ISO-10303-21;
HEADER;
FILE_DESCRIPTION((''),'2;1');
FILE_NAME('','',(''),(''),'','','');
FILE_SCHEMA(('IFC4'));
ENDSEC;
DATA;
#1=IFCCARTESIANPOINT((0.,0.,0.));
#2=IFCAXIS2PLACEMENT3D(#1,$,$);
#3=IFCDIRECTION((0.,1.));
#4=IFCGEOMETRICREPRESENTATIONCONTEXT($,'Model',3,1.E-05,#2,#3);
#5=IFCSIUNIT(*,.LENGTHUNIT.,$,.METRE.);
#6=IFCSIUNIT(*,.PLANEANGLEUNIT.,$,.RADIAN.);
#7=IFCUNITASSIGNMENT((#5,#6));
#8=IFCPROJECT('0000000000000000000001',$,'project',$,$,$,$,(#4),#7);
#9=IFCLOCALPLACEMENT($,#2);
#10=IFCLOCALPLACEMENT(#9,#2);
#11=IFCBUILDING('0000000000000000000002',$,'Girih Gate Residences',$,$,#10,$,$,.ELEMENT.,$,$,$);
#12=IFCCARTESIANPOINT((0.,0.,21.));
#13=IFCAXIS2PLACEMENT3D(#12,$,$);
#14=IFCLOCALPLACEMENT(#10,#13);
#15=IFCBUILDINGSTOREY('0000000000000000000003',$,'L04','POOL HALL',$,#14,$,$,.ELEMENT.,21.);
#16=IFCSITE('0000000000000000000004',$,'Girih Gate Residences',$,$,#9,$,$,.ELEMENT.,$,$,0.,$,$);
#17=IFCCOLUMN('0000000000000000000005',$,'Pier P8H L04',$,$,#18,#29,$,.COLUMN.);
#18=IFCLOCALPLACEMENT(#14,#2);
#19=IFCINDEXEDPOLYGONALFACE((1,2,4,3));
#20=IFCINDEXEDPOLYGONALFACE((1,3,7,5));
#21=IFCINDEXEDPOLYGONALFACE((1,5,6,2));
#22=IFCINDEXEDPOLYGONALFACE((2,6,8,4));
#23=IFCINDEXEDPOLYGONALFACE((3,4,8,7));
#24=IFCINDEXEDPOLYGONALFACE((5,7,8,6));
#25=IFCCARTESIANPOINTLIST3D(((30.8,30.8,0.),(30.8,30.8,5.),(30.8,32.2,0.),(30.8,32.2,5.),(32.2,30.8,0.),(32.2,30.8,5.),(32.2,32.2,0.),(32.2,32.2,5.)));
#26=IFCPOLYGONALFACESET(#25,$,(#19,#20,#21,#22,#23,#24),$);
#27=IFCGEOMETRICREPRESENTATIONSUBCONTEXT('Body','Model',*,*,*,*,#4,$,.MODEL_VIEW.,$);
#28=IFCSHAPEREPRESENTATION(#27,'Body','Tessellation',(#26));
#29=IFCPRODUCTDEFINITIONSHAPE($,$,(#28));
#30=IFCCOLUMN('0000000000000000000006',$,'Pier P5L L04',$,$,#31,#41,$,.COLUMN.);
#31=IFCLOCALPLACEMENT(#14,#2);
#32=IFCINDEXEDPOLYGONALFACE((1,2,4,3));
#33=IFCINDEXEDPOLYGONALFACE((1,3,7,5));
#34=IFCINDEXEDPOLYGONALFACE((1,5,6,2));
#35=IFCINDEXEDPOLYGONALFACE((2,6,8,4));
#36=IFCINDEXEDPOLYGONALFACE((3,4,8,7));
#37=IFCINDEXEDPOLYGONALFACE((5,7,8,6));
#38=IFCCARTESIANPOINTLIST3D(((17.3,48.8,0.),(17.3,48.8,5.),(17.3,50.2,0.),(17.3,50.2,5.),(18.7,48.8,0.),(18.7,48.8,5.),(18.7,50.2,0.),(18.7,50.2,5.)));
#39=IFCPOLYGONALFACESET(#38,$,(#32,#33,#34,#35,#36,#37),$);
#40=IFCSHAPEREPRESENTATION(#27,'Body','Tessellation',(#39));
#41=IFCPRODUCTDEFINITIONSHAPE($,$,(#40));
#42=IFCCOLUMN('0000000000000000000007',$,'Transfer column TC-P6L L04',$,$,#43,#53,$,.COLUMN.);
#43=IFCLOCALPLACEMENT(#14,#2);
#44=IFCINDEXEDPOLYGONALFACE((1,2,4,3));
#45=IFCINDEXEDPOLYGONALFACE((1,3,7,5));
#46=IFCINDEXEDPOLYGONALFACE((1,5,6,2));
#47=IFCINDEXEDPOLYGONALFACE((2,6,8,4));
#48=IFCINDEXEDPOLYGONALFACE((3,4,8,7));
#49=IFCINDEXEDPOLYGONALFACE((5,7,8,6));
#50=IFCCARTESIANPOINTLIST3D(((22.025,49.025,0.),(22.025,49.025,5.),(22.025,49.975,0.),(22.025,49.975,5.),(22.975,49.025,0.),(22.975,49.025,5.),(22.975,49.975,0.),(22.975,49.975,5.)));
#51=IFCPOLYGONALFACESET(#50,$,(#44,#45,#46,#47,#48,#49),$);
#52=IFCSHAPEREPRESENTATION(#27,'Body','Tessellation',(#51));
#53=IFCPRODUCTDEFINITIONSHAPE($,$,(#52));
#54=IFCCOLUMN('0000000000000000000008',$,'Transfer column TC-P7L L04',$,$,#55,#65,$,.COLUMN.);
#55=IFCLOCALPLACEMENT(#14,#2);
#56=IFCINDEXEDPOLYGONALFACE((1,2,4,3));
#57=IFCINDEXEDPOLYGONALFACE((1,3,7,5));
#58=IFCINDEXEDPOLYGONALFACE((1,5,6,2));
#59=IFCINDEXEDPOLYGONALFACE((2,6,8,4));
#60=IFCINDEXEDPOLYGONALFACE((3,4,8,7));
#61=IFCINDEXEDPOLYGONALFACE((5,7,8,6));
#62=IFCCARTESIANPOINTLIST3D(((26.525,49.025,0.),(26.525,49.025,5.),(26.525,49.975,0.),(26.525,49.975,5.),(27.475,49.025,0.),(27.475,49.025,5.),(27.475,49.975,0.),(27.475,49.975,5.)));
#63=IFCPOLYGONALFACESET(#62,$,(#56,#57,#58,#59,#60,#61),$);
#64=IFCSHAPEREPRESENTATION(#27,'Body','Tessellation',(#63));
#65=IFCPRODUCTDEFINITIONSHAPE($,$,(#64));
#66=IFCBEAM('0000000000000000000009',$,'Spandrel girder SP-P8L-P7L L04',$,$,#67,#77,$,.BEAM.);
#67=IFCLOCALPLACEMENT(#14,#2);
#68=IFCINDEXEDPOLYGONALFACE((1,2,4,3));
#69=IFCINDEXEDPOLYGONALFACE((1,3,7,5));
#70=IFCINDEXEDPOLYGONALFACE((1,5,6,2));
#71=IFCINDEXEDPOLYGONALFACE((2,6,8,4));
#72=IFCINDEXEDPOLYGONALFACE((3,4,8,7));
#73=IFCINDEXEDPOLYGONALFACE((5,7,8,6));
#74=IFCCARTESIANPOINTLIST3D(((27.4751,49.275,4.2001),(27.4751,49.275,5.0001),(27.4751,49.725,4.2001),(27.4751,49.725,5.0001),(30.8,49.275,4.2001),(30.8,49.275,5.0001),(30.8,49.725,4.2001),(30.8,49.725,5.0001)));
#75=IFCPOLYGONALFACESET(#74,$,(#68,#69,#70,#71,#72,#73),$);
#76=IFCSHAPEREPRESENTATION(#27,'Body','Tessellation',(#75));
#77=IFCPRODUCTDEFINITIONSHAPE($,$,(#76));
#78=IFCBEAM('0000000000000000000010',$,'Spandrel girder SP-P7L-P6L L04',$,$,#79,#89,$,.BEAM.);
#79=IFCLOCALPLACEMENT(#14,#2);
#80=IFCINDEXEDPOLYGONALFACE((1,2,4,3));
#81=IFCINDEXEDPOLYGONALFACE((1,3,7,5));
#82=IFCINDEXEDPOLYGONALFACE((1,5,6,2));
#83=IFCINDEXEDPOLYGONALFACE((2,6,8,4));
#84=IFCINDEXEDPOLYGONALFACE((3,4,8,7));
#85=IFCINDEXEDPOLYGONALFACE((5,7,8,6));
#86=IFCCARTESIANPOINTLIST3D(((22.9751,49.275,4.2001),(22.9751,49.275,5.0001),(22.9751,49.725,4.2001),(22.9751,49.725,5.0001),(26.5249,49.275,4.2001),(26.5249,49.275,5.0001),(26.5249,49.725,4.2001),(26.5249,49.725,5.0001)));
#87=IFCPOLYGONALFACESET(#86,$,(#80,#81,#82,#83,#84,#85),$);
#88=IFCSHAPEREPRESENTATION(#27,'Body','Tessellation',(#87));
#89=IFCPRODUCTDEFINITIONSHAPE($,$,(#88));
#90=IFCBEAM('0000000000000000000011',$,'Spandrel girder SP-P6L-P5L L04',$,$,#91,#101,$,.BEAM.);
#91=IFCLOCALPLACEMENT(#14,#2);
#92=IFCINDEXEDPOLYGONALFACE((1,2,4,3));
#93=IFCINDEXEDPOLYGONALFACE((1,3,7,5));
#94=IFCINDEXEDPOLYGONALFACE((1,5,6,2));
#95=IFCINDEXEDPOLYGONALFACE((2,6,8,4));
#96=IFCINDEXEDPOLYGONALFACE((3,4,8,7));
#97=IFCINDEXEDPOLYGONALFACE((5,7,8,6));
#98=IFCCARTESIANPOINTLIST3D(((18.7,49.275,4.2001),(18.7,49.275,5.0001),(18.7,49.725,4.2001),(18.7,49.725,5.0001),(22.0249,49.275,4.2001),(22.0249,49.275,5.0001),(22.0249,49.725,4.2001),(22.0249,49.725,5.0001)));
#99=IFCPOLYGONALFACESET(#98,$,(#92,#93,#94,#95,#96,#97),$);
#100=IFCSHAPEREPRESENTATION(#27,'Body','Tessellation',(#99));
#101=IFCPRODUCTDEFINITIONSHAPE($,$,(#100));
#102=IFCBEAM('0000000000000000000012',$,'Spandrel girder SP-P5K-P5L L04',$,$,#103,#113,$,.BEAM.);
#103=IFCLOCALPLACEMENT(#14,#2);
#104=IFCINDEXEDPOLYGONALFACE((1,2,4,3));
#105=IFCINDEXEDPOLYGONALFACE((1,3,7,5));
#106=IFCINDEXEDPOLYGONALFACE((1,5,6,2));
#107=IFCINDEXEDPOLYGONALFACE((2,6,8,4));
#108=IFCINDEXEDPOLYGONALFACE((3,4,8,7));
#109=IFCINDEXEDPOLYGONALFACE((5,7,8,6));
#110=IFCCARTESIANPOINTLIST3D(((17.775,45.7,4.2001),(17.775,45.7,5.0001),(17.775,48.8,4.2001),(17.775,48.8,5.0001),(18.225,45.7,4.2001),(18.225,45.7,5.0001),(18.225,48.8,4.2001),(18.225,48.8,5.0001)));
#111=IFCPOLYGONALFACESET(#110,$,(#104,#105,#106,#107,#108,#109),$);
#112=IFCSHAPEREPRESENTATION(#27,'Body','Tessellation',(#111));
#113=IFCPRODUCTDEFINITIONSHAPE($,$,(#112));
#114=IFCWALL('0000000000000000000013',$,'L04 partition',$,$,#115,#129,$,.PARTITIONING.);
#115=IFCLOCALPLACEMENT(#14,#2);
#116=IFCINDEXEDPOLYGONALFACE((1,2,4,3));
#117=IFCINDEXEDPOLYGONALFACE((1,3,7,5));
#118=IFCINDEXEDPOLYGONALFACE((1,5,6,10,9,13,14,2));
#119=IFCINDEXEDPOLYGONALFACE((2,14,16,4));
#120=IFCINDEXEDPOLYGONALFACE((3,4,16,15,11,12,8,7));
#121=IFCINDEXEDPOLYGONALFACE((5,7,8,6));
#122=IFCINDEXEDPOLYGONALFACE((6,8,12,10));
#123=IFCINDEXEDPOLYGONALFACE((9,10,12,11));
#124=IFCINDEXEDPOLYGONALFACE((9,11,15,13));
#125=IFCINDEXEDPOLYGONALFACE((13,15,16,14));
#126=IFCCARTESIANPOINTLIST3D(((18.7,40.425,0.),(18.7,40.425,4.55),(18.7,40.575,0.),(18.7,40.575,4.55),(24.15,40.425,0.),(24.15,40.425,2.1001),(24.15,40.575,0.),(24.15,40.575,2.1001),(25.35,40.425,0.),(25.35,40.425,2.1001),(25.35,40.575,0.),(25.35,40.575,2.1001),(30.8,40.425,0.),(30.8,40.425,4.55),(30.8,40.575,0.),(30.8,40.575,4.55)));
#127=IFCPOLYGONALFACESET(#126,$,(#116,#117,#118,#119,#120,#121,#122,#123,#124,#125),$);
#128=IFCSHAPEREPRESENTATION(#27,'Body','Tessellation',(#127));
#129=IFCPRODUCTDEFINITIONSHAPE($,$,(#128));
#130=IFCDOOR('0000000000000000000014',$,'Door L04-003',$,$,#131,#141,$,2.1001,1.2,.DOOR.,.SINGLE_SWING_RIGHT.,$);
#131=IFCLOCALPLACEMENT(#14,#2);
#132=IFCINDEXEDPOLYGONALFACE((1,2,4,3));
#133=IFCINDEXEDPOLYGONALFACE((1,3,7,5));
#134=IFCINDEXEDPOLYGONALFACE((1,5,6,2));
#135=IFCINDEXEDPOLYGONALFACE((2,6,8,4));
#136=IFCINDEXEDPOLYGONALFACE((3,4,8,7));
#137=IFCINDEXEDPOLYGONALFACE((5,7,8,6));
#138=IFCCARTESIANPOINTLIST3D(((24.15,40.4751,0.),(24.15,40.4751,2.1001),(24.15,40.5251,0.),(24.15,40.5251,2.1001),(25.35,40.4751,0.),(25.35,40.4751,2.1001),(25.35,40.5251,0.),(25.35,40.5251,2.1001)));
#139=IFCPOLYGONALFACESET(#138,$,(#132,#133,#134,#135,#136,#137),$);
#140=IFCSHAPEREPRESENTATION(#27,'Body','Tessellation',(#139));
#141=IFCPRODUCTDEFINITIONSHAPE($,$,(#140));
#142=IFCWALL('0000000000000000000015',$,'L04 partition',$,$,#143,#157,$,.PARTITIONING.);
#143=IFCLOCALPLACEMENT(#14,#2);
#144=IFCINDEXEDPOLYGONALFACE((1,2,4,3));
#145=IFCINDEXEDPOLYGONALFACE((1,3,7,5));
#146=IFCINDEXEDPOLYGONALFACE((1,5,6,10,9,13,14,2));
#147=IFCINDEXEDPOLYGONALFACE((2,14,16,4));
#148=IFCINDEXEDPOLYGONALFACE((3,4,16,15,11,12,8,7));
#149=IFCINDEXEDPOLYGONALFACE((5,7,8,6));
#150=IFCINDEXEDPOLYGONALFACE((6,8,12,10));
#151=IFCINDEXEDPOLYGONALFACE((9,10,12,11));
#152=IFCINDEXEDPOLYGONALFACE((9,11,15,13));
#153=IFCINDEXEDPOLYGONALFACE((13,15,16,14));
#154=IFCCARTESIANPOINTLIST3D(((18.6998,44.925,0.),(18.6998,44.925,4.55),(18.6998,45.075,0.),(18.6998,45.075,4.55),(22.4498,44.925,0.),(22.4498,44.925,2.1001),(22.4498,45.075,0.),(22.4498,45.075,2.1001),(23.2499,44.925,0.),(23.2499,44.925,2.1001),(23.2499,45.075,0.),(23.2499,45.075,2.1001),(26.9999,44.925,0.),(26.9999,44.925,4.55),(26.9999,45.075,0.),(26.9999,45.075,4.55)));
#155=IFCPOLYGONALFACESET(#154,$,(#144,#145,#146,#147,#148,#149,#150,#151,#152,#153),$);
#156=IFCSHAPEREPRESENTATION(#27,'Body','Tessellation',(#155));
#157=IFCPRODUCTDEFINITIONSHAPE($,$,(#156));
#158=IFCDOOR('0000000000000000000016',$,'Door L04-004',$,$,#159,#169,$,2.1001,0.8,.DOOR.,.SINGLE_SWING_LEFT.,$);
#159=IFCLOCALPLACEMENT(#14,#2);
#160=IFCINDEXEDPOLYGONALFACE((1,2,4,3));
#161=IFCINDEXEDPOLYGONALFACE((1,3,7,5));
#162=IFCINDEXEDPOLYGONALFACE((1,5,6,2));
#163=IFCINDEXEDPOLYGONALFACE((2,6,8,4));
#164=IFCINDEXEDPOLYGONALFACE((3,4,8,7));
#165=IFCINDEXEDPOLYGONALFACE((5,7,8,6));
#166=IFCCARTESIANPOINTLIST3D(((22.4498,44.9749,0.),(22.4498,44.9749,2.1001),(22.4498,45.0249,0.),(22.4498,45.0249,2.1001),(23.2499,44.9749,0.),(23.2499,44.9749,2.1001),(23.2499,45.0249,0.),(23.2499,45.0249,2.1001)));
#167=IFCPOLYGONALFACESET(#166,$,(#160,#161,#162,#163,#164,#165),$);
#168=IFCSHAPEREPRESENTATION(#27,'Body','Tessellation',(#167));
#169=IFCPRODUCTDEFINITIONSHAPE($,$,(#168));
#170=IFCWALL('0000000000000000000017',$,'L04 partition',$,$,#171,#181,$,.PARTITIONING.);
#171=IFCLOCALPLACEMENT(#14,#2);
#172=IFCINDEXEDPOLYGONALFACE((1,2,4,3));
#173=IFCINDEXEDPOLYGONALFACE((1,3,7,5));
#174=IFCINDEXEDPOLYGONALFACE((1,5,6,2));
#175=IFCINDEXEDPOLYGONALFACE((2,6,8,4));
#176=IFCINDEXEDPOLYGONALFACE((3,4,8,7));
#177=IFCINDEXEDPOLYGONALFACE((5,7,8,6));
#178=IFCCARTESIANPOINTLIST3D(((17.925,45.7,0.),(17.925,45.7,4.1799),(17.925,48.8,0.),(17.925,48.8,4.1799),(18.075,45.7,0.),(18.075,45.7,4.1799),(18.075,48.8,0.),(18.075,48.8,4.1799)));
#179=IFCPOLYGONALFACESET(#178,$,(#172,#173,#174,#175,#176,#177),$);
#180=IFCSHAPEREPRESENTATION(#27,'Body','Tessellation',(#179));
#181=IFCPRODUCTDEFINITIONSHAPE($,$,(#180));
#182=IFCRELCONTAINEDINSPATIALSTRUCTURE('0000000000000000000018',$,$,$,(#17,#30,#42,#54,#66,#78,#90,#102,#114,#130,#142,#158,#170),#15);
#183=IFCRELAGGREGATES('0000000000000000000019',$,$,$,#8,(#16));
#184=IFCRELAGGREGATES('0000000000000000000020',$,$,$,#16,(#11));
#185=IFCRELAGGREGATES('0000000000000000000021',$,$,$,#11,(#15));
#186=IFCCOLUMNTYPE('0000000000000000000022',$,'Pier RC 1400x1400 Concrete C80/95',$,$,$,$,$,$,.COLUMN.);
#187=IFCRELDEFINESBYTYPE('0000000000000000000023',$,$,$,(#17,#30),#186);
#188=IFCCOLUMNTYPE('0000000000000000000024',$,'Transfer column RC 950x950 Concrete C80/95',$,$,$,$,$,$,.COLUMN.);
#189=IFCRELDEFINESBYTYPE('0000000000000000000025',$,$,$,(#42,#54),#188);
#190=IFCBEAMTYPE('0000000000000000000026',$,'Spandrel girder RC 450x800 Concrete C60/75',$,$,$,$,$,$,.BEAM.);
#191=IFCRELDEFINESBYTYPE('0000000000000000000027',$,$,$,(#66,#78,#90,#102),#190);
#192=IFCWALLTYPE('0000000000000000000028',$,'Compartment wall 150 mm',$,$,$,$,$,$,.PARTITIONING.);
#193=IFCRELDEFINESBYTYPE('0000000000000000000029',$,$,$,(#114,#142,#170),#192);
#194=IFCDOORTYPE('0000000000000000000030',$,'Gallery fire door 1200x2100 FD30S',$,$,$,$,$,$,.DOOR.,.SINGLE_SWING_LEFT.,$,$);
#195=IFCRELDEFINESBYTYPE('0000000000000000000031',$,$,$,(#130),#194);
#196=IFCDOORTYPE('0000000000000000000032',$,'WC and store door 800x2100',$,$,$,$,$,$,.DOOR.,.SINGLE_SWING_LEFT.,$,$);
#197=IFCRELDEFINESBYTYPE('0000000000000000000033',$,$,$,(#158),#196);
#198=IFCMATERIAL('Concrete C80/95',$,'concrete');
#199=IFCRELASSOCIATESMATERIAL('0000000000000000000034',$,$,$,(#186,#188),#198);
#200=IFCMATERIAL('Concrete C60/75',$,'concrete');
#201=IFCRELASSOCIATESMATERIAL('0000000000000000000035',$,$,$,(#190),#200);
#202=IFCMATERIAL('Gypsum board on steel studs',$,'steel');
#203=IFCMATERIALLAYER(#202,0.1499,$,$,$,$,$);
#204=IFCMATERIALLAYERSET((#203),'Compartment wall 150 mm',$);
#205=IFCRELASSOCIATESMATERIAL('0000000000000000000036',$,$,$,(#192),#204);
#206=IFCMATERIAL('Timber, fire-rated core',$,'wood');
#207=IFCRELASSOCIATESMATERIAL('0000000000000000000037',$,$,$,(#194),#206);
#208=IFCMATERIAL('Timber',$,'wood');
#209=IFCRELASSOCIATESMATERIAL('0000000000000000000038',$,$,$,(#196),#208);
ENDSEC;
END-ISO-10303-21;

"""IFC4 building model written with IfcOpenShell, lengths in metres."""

from ifc_helpers import new_model, si_unit, direction, frame, frame_2d, origin, origin_2d, place, context, subcontext, project, spatial, rectangle, extrude, material, layer, layer_set, material_profile, profile_set, type_object, element, fill, save


model = new_model("IFC4")

# Units and contexts
model_context = context("Model", 3, precision=1e-05, world=origin(), true_north=direction((0.0, 1.0)))
body_context = subcontext(model_context, "Body", "Model", "MODEL_VIEW")
ifc_project = project(units=[si_unit("LENGTHUNIT", "METRE"), si_unit("PLANEANGLEUNIT", "RADIAN")], contexts=[model_context])

# Site, building, storey
site_placement = place(None, origin())
site = spatial("IfcSite", under=ifc_project, at=site_placement, Name="Girih Gate Residences", CompositionType="ELEMENT", RefElevation=0.0)
building_placement = place(site_placement, origin())
building = spatial("IfcBuilding", under=site, at=building_placement, Name="Girih Gate Residences", CompositionType="ELEMENT")
storey_placement = place(building_placement, frame((0.0, 0.0, 21.0)))
storey = spatial("IfcBuildingStorey", under=building, at=storey_placement, Name="L04", Description="POOL HALL", CompositionType="ELEMENT", Elevation=21.0)

# Columns
ifc_material_1 = material(Name="Concrete C80/95", Category="concrete")
ifc_material_profile_1 = material_profile(ifc_material_1, rectangle(XDim=1.3999, YDim=1.3999, at=origin_2d()))
ifc_profile_set_1 = profile_set([ifc_material_profile_1], Name="Concrete C80/95")
column_type_1 = type_object("IfcColumnType", Name="Pier RC 1400x1400 Concrete C80/95", PredefinedType="COLUMN", material=ifc_profile_set_1)
for number, where, z_axis, x_axis, name in (
    (1, (31.5, 31.5, 0.0), (0.0, 0.0, 1.0), (1.0, 0.0, 0.0), "Pier P8H L04"),
    (2, (18.0, 49.5, 0.0), (0.0, 0.0, 1.0), (1.0, 0.0, 0.0), "Pier P5L L04"),
):
    element("IfcColumn", number, at=place(storey_placement, frame(where, z_axis=z_axis, x_axis=x_axis)), inside=storey, type_object=column_type_1, Name=name, PredefinedType="COLUMN", context=body_context, shape_type="SweptSolid", body=[
        extrude(rectangle(XDim=1.3999, YDim=1.3999, at=origin_2d()), origin(), (0.0, 0.0, 1.0), 5.0),
    ])
ifc_material_profile_2 = material_profile(ifc_material_1, rectangle(XDim=0.95, YDim=0.95, at=origin_2d()))
ifc_profile_set_2 = profile_set([ifc_material_profile_2], Name="Concrete C80/95")
column_type_2 = type_object("IfcColumnType", Name="Transfer column RC 950x950 Concrete C80/95", PredefinedType="COLUMN", material=ifc_profile_set_2)
for number, where, z_axis, x_axis, name in (
    (3, (22.5, 49.5, 0.0), (0.0, 0.0, 1.0), (1.0, 0.0, 0.0), "Transfer column TC-P6L L04"),
    (4, (27.0, 49.5, 0.0), (0.0, 0.0, 1.0), (1.0, 0.0, 0.0), "Transfer column TC-P7L L04"),
):
    element("IfcColumn", number, at=place(storey_placement, frame(where, z_axis=z_axis, x_axis=x_axis)), inside=storey, type_object=column_type_2, Name=name, PredefinedType="COLUMN", context=body_context, shape_type="SweptSolid", body=[
        extrude(rectangle(XDim=0.95, YDim=0.95, at=origin_2d()), origin(), (0.0, 0.0, 1.0), 5.0),
    ])

# Beams
ifc_material_2 = material(Name="Concrete C60/75", Category="concrete")
ifc_material_profile_3 = material_profile(ifc_material_2, rectangle(XDim=0.45, YDim=0.8, at=origin_2d()))
ifc_profile_set_3 = profile_set([ifc_material_profile_3], Name="Concrete C60/75")
beam_type = type_object("IfcBeamType", Name="Spandrel girder RC 450x800 Concrete C60/75", PredefinedType="BEAM", material=ifc_profile_set_3)
beam_1_placement = place(storey_placement, frame((30.8, 49.5, 4.6001), z_axis=(-1.0, 0.0, 0.0), x_axis=(0.0, -1.0, 0.0)))
element("IfcBeam", 5, at=beam_1_placement, inside=storey, type_object=beam_type, Name="Spandrel girder SP-P8L-P7L L04", PredefinedType="BEAM", context=body_context, shape_type="SweptSolid", body=[
    extrude(rectangle(XDim=0.45, YDim=0.8, at=origin_2d()), origin(), (0.0, 0.0, 1.0), 3.325),
])
beam_2_placement = place(storey_placement, frame((26.5249, 49.5, 4.6001), z_axis=(-1.0, 0.0, 0.0), x_axis=(0.0, -1.0, 0.0)))
element("IfcBeam", 6, at=beam_2_placement, inside=storey, type_object=beam_type, Name="Spandrel girder SP-P7L-P6L L04", PredefinedType="BEAM", context=body_context, shape_type="SweptSolid", body=[
    extrude(rectangle(XDim=0.45, YDim=0.8, at=origin_2d()), origin(), (0.0, 0.0, 1.0), 3.5498),
])
beam_3_placement = place(storey_placement, frame((22.0249, 49.5, 4.6001), z_axis=(-1.0, 0.0, 0.0), x_axis=(0.0, -1.0, 0.0)))
element("IfcBeam", 7, at=beam_3_placement, inside=storey, type_object=beam_type, Name="Spandrel girder SP-P6L-P5L L04", PredefinedType="BEAM", context=body_context, shape_type="SweptSolid", body=[
    extrude(rectangle(XDim=0.45, YDim=0.8, at=origin_2d()), origin(), (0.0, 0.0, 1.0), 3.325),
])
beam_4_placement = place(storey_placement, frame((18.0, 45.7, 4.6001), z_axis=(0.0, 1.0, 0.0), x_axis=(-1.0, 0.0, 0.0)))
element("IfcBeam", 8, at=beam_4_placement, inside=storey, type_object=beam_type, Name="Spandrel girder SP-P5K-P5L L04", PredefinedType="BEAM", context=body_context, shape_type="SweptSolid", body=[
    extrude(rectangle(XDim=0.45, YDim=0.8, at=origin_2d()), origin(), (0.0, 0.0, 1.0), 3.1001),
])

# Walls, openings, doors
ifc_material_3 = material(Name="Gypsum board on steel studs", Category="steel")
ifc_layer_1 = layer(ifc_material_3, 0.1499)
ifc_layer_set_1 = layer_set([ifc_layer_1], Name="Compartment wall 150 mm")
wall_type_1 = type_object("IfcWallType", Name="Compartment wall 150 mm", PredefinedType="PARTITIONING", material=ifc_layer_set_1)
wall_1_placement = place(storey_placement, frame((30.8, 40.5, 0.0), z_axis=(0.0, 0.0, 1.0), x_axis=(-1.0, 0.0, 0.0)))
wall_1 = element("IfcWall", 9, at=wall_1_placement, inside=storey, type_object=wall_type_1, Name="L04 partition", PredefinedType="PARTITIONING", context=body_context, shape_type="SweptSolid", body=[
    extrude(rectangle(XDim=12.1001, YDim=0.1499, at=frame_2d((6.05, 0.0))), origin(), (0.0, 0.0, 1.0), 4.55),
])
opening_1_placement = place(wall_1_placement, frame((5.45, 0.0, 0.0)))
opening_1 = element("IfcOpeningElement", 10, at=opening_1_placement, cuts=wall_1, PredefinedType="OPENING", context=body_context, shape_type="SweptSolid", body=[
    extrude(rectangle(XDim=1.2, YDim=2.1001, at=frame_2d((0.6001, 1.05))), frame((0.0, 0.085, 0.0), z_axis=(0.0, -1.0, 0.0), x_axis=(1.0, 0.0, 0.0)), (0.0, 0.0, 1.0), 0.1699),
])
ifc_material_4 = material(Name="Timber, fire-rated core", Category="wood")
door_type_1 = type_object("IfcDoorType", Name="Gallery fire door 1200x2100 FD30S", OperationType="SINGLE_SWING_LEFT", PredefinedType="DOOR", material=ifc_material_4)
door_1_placement = place(opening_1_placement, origin())
door_1 = element("IfcDoor", 11, at=door_1_placement, inside=storey, type_object=door_type_1, Name="Door L04-003", OperationType="SINGLE_SWING_RIGHT", OverallHeight=2.1001, OverallWidth=1.2, PredefinedType="DOOR", context=body_context, shape_type="SweptSolid", body=[
    extrude(rectangle(XDim=1.2, YDim=2.1001, at=frame_2d((0.6001, 1.05))), frame((0.0, 0.0249, 0.0), z_axis=(0.0, -1.0, 0.0), x_axis=(1.0, 0.0, 0.0)), (0.0, 0.0, 1.0), 0.05),
])
fill(opening_1, door_1)
wall_2_placement = place(storey_placement, frame((18.7, 45.0, 0.0), z_axis=(0.0, 0.0, 1.0), x_axis=(1.0, 0.0, 0.0)))
wall_2 = element("IfcWall", 12, at=wall_2_placement, inside=storey, type_object=wall_type_1, Name="L04 partition", PredefinedType="PARTITIONING", context=body_context, shape_type="SweptSolid", body=[
    extrude(rectangle(XDim=8.3, YDim=0.1499, at=frame_2d((4.1499, 0.0))), origin(), (0.0, 0.0, 1.0), 4.55),
])
opening_2_placement = place(wall_2_placement, frame((3.75, 0.0, 0.0)))
opening_2 = element("IfcOpeningElement", 13, at=opening_2_placement, cuts=wall_2, PredefinedType="OPENING", context=body_context, shape_type="SweptSolid", body=[
    extrude(rectangle(XDim=0.8, YDim=2.1001, at=frame_2d((0.3999, 1.05))), frame((0.0, 0.085, 0.0), z_axis=(0.0, -1.0, 0.0), x_axis=(1.0, 0.0, 0.0)), (0.0, 0.0, 1.0), 0.1699),
])
ifc_material_5 = material(Name="Timber", Category="wood")
door_type_2 = type_object("IfcDoorType", Name="WC and store door 800x2100", OperationType="SINGLE_SWING_LEFT", PredefinedType="DOOR", material=ifc_material_5)
door_2_placement = place(opening_2_placement, origin())
door_2 = element("IfcDoor", 14, at=door_2_placement, inside=storey, type_object=door_type_2, Name="Door L04-004", OperationType="SINGLE_SWING_LEFT", OverallHeight=2.1001, OverallWidth=0.8, PredefinedType="DOOR", context=body_context, shape_type="SweptSolid", body=[
    extrude(rectangle(XDim=0.8, YDim=2.1001, at=frame_2d((0.3999, 1.05))), frame((0.0, 0.0249, 0.0), z_axis=(0.0, -1.0, 0.0), x_axis=(1.0, 0.0, 0.0)), (0.0, 0.0, 1.0), 0.05),
])
fill(opening_2, door_2)

# Wall
wall_3_placement = place(storey_placement, frame((18.0, 45.7, 0.0), z_axis=(0.0, 0.0, 1.0), x_axis=(0.0, 1.0, 0.0)))
element("IfcWall", 15, at=wall_3_placement, inside=storey, type_object=wall_type_1, Name="L04 partition", PredefinedType="PARTITIONING", context=body_context, shape_type="SweptSolid", body=[
    extrude(rectangle(XDim=3.1001, YDim=0.1499, at=frame_2d((1.55, 0.0))), origin(), (0.0, 0.0, 1.0), 4.1799),
])

save(model, "model.ifc")
